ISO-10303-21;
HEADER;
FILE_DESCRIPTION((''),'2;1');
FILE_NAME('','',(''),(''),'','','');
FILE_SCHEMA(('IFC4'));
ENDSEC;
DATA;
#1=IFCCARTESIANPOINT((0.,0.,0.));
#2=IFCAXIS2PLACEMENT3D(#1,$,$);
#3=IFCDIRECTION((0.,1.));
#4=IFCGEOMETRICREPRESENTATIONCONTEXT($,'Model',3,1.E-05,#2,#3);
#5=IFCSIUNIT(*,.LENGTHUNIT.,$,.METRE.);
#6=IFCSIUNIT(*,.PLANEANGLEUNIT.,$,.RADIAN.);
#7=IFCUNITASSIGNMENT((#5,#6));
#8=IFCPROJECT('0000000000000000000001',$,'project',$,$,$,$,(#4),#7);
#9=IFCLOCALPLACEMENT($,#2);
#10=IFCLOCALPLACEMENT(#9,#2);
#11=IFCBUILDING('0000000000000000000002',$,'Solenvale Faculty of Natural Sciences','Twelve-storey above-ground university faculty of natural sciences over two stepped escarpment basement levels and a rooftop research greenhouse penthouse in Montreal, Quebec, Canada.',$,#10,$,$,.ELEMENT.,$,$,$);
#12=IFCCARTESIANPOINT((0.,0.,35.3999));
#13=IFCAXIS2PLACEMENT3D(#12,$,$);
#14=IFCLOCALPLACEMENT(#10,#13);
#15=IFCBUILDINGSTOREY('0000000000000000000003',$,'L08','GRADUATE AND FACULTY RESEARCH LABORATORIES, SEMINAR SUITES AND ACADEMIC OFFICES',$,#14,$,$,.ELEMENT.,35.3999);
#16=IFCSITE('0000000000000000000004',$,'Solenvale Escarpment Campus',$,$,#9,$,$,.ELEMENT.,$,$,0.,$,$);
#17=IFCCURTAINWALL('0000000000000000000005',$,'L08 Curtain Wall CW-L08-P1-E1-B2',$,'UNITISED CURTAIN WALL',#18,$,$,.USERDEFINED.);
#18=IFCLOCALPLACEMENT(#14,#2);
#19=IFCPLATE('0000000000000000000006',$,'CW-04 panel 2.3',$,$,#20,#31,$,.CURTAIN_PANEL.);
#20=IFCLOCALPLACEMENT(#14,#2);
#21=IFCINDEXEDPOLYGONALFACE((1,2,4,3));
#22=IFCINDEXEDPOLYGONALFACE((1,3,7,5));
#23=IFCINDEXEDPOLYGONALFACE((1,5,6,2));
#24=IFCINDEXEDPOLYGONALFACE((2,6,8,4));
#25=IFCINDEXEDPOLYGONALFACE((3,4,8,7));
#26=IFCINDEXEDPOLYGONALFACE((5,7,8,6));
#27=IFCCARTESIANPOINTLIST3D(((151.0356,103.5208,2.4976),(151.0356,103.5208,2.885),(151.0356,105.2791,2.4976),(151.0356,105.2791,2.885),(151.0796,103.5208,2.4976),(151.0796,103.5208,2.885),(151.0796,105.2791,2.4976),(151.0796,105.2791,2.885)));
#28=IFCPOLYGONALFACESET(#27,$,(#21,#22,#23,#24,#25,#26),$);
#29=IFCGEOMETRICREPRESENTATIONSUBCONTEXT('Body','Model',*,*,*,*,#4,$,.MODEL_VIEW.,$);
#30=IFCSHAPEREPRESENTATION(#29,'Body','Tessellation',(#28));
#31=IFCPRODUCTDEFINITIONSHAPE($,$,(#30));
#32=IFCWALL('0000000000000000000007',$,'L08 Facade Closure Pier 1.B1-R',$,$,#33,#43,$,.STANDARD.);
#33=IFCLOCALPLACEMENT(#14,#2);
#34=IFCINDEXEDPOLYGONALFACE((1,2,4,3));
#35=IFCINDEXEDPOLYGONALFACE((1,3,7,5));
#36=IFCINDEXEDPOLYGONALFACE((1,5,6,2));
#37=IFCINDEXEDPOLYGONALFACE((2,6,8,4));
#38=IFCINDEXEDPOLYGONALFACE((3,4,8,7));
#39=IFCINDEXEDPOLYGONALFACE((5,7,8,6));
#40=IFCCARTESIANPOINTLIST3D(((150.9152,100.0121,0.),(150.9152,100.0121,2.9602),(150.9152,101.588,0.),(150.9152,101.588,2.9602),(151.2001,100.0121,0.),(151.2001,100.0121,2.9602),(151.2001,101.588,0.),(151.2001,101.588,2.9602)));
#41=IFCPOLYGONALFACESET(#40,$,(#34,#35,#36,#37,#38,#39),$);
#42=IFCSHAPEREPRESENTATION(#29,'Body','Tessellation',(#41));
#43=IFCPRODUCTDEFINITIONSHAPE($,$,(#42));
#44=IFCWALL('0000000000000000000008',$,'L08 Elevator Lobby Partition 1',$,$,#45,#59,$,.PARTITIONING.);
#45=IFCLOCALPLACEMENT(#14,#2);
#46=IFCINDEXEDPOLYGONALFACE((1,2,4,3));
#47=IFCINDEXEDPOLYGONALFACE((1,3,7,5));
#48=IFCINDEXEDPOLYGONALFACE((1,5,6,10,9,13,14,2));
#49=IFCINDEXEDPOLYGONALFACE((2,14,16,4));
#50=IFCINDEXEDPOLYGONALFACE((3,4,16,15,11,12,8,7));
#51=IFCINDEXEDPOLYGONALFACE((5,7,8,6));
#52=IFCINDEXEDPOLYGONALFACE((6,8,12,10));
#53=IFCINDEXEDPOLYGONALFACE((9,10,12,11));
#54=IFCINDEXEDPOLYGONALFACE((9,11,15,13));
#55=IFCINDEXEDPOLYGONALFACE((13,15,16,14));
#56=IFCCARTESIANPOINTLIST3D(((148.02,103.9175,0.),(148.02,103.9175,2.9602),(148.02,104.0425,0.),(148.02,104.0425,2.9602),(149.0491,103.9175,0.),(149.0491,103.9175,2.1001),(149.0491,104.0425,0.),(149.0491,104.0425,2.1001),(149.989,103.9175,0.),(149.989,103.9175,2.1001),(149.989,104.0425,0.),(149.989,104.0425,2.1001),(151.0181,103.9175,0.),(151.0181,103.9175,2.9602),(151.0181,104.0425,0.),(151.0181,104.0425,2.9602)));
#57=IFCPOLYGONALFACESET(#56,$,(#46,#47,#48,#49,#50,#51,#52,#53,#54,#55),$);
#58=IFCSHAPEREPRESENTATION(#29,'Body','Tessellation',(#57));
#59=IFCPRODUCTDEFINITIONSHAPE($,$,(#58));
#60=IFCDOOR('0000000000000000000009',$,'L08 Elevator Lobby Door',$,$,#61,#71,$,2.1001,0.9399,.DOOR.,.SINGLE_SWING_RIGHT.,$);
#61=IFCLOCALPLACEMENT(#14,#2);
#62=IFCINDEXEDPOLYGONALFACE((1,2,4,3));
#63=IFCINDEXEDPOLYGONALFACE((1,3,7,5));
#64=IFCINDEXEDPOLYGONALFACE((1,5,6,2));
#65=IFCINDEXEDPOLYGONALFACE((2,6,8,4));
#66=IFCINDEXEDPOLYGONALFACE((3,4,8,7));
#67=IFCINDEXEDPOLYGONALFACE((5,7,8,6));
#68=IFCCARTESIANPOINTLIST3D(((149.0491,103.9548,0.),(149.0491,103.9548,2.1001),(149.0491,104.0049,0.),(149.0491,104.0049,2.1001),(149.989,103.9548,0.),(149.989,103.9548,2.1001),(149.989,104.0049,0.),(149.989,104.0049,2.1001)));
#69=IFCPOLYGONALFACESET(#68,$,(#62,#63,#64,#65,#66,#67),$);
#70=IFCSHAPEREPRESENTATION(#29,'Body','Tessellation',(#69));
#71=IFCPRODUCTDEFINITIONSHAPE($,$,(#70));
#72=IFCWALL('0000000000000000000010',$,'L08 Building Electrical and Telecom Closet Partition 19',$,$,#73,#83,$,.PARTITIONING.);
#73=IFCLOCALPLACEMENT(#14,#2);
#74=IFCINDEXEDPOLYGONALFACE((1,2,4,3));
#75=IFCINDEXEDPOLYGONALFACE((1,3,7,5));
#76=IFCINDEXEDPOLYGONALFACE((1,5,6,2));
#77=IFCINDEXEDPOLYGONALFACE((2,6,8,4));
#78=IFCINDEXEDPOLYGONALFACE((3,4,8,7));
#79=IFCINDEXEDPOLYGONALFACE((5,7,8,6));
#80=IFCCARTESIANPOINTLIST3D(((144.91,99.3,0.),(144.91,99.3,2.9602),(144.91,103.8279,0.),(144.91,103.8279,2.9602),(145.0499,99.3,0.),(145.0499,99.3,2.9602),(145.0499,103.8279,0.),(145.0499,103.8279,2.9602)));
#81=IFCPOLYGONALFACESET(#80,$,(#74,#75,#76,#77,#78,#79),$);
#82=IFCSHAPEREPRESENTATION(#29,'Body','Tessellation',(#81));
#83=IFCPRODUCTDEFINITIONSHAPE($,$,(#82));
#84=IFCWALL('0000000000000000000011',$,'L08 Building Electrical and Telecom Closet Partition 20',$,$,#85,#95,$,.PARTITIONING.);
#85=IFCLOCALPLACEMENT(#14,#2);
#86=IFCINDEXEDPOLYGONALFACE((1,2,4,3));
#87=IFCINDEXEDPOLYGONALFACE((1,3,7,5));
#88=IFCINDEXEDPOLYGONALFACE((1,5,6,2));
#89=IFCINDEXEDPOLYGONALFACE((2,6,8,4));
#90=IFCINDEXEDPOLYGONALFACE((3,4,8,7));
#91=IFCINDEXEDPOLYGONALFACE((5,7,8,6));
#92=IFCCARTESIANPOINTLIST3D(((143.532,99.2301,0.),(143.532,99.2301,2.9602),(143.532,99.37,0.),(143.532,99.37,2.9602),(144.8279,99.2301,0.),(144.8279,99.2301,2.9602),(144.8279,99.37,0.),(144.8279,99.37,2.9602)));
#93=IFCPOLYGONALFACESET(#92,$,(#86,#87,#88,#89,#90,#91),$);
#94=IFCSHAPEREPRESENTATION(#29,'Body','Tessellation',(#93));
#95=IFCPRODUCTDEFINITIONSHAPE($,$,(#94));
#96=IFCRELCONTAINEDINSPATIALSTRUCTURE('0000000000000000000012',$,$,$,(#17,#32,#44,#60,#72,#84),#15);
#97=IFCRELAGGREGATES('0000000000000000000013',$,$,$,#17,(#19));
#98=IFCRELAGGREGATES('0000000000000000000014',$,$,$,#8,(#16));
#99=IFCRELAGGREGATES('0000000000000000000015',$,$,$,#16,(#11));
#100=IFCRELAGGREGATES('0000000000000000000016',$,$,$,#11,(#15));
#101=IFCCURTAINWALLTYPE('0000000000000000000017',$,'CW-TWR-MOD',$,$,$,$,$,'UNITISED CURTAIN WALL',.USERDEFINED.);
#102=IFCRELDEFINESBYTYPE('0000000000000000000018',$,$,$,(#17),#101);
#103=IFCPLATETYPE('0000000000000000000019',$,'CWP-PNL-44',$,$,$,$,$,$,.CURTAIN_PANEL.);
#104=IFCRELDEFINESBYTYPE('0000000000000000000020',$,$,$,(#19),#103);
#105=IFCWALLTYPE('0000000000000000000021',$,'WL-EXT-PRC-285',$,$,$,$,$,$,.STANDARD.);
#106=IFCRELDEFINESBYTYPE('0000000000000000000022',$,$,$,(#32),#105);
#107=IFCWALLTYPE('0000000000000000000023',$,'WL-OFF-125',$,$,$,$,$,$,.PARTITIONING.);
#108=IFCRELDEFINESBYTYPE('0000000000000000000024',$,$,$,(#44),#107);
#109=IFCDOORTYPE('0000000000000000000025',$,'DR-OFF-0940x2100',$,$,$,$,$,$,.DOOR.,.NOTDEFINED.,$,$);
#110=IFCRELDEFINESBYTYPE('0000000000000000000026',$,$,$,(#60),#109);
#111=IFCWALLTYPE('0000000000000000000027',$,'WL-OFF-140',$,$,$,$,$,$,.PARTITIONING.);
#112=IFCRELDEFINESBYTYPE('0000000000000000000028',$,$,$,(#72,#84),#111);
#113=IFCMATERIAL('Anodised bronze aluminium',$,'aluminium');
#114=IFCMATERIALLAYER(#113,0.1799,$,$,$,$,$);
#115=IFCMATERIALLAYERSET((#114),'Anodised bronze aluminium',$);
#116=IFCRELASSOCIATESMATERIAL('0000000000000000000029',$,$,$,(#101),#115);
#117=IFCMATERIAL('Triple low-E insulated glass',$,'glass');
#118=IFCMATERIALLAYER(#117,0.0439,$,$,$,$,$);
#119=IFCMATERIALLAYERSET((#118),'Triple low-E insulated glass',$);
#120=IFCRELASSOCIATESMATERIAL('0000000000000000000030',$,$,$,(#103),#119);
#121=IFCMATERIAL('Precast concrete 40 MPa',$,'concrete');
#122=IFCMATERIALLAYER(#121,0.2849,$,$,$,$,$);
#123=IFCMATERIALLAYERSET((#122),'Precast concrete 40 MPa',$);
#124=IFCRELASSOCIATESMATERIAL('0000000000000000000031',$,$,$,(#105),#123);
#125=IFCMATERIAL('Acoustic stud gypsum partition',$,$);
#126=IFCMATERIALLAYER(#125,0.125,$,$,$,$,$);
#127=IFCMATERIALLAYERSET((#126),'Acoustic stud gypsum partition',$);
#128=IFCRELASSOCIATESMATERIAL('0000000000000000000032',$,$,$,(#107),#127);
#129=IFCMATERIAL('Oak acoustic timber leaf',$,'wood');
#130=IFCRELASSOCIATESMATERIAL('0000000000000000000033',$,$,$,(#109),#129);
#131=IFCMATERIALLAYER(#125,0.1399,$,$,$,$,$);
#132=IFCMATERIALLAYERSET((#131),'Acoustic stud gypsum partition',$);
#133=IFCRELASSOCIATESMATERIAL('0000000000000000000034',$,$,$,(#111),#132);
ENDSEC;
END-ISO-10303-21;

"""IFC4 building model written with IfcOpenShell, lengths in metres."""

from ifc_helpers import new_model, si_unit, direction, frame, frame_2d, origin, origin_2d, place, context, subcontext, project, spatial, rectangle, extrude, material, layer, layer_set, type_object, element, fill, aggregate, save


model = new_model("IFC4")

# Units and contexts
model_context = context("Model", 3, precision=1e-05, world=origin(), true_north=direction((0.0, 1.0)))
body_context = subcontext(model_context, "Body", "Model", "MODEL_VIEW")
ifc_project = project(units=[si_unit("LENGTHUNIT", "METRE"), si_unit("PLANEANGLEUNIT", "RADIAN")], contexts=[model_context])

# Site, building, storey
site_placement = place(None, origin())
site = spatial("IfcSite", under=ifc_project, at=site_placement, Name="Solenvale Escarpment Campus", CompositionType="ELEMENT", RefElevation=0.0)
building_placement = place(site_placement, origin())
building = spatial("IfcBuilding", under=site, at=building_placement, Name="Solenvale Faculty of Natural Sciences", Description="Twelve-storey above-ground university faculty of natural sciences over two stepped escarpment basement levels and a rooftop research greenhouse penthouse in Montreal, Quebec, Canada.", CompositionType="ELEMENT")
storey_placement = place(building_placement, frame((0.0, 0.0, 35.3999)))
storey = spatial("IfcBuildingStorey", under=building, at=storey_placement, Name="L08", Description="GRADUATE AND FACULTY RESEARCH LABORATORIES, SEMINAR SUITES AND ACADEMIC OFFICES", CompositionType="ELEMENT", Elevation=35.3999)

# Shared definitions
ifc_material_1 = material(Name="Anodised bronze aluminium", Category="aluminium")
ifc_layer_1 = layer(ifc_material_1, 0.1799)
ifc_layer_set_1 = layer_set([ifc_layer_1], Name="Anodised bronze aluminium")
curtain_wall_type = type_object("IfcCurtainWallType", Name="CW-TWR-MOD", ElementType="UNITISED CURTAIN WALL", PredefinedType="USERDEFINED", material=ifc_layer_set_1)

# Curtain wall
curtain_wall_1_placement = place(storey_placement, origin())
curtain_wall_1 = element("IfcCurtainWall", 1, at=curtain_wall_1_placement, inside=storey, type_object=curtain_wall_type, Name="L08 Curtain Wall CW-L08-P1-E1-B2", ObjectType="UNITISED CURTAIN WALL", PredefinedType="USERDEFINED")

# Plate
ifc_material_2 = material(Name="Triple low-E insulated glass", Category="glass")
ifc_layer_2 = layer(ifc_material_2, 0.0439)
ifc_layer_set_2 = layer_set([ifc_layer_2], Name="Triple low-E insulated glass")
plate_type_1 = type_object("IfcPlateType", Name="CWP-PNL-44", PredefinedType="CURTAIN_PANEL", material=ifc_layer_set_2)
plate_1_placement = place(storey_placement, frame((151.0576, 104.3999, 2.4976), z_axis=(0.0, 0.0, 1.0), x_axis=(0.0, 1.0, 0.0)))
plate_1 = element("IfcPlate", 2, at=plate_1_placement, type_object=plate_type_1, Name="CW-04 panel 2.3", PredefinedType="CURTAIN_PANEL", context=body_context, shape_type="SweptSolid", body=[
    extrude(rectangle(XDim=1.7583, YDim=0.0439, at=origin_2d()), origin(), (0.0, 0.0, 1.0), 0.3875),
])
aggregate(curtain_wall_1, [plate_1])

# Wall
ifc_material_3 = material(Name="Precast concrete 40 MPa", Category="concrete")
ifc_layer_3 = layer(ifc_material_3, 0.2849)
ifc_layer_set_3 = layer_set([ifc_layer_3], Name="Precast concrete 40 MPa")
wall_type_1 = type_object("IfcWallType", Name="WL-EXT-PRC-285", PredefinedType="STANDARD", material=ifc_layer_set_3)
wall_1_placement = place(storey_placement, frame((151.0576, 100.012, 0.0), z_axis=(0.0, 0.0, 1.0), x_axis=(0.0, 1.0, 0.0)))
element("IfcWall", 3, at=wall_1_placement, inside=storey, type_object=wall_type_1, Name="L08 Facade Closure Pier 1.B1-R", PredefinedType="STANDARD", context=body_context, shape_type="SweptSolid", body=[
    extrude(rectangle(XDim=1.5759, YDim=0.2849, at=frame_2d((0.7881, 0.0))), origin(), (0.0, 0.0, 1.0), 2.9602),
])

# Wall, opening, door
ifc_material_4 = material(Name="Acoustic stud gypsum partition")
ifc_layer_4 = layer(ifc_material_4, 0.125)
ifc_layer_set_4 = layer_set([ifc_layer_4], Name="Acoustic stud gypsum partition")
wall_type_2 = type_object("IfcWallType", Name="WL-OFF-125", PredefinedType="PARTITIONING", material=ifc_layer_set_4)
wall_2_placement = place(storey_placement, frame((148.02, 103.98, 0.0), z_axis=(0.0, 0.0, 1.0), x_axis=(1.0, 0.0, 0.0)))
wall_2 = element("IfcWall", 4, at=wall_2_placement, inside=storey, type_object=wall_type_2, Name="L08 Elevator Lobby Partition 1", PredefinedType="PARTITIONING", context=body_context, shape_type="SweptSolid", body=[
    extrude(rectangle(XDim=2.998, YDim=0.125, at=frame_2d((1.499, 0.0))), origin(), (0.0, 0.0, 1.0), 2.9602),
])
opening_placement = place(wall_2_placement, frame((1.0291, 0.0, 0.0)))
opening = element("IfcOpeningElement", 5, at=opening_placement, cuts=wall_2, PredefinedType="OPENING", context=body_context, shape_type="SweptSolid", body=[
    extrude(rectangle(XDim=0.9399, YDim=2.1001, at=frame_2d((0.47, 1.05))), frame((0.0, 0.0725, 0.0), z_axis=(0.0, -1.0, 0.0), x_axis=(1.0, 0.0, 0.0)), (0.0, 0.0, 1.0), 0.145),
])
ifc_material_5 = material(Name="Oak acoustic timber leaf", Category="wood")
door_type = type_object("IfcDoorType", Name="DR-OFF-0940x2100", OperationType="NOTDEFINED", PredefinedType="DOOR", material=ifc_material_5)
door_placement = place(opening_placement, origin())
door = element("IfcDoor", 6, at=door_placement, inside=storey, type_object=door_type, Name="L08 Elevator Lobby Door", OperationType="SINGLE_SWING_RIGHT", OverallHeight=2.1001, OverallWidth=0.9399, PredefinedType="DOOR", context=body_context, shape_type="SweptSolid", body=[
    extrude(rectangle(XDim=0.9399, YDim=2.1001, at=frame_2d((0.47, 1.05))), frame((0.0, 0.0249, 0.0), z_axis=(0.0, -1.0, 0.0), x_axis=(1.0, 0.0, 0.0)), (0.0, 0.0, 1.0), 0.05),
])
fill(opening, door)

# Walls
ifc_layer_5 = layer(ifc_material_4, 0.1399)
ifc_layer_set_5 = layer_set([ifc_layer_5], Name="Acoustic stud gypsum partition")
wall_type_3 = type_object("IfcWallType", Name="WL-OFF-140", PredefinedType="PARTITIONING", material=ifc_layer_set_5)
wall_3_placement = place(storey_placement, frame((144.98, 103.8279, 0.0), z_axis=(0.0, 0.0, 1.0), x_axis=(0.0, -1.0, 0.0)))
element("IfcWall", 7, at=wall_3_placement, inside=storey, type_object=wall_type_3, Name="L08 Building Electrical and Telecom Closet Partition 19", PredefinedType="PARTITIONING", context=body_context, shape_type="SweptSolid", body=[
    extrude(rectangle(XDim=4.5278, YDim=0.1399, at=frame_2d((2.2639, 0.0))), origin(), (0.0, 0.0, 1.0), 2.9602),
])
wall_4_placement = place(storey_placement, frame((144.8279, 99.3, 0.0), z_axis=(0.0, 0.0, 1.0), x_axis=(-1.0, 0.0, 0.0)))
element("IfcWall", 8, at=wall_4_placement, inside=storey, type_object=wall_type_3, Name="L08 Building Electrical and Telecom Closet Partition 20", PredefinedType="PARTITIONING", context=body_context, shape_type="SweptSolid", body=[
    extrude(rectangle(XDim=1.2959, YDim=0.1399, at=frame_2d((0.6479, 0.0))), origin(), (0.0, 0.0, 1.0), 2.9602),
])

save(model, "model.ifc")
